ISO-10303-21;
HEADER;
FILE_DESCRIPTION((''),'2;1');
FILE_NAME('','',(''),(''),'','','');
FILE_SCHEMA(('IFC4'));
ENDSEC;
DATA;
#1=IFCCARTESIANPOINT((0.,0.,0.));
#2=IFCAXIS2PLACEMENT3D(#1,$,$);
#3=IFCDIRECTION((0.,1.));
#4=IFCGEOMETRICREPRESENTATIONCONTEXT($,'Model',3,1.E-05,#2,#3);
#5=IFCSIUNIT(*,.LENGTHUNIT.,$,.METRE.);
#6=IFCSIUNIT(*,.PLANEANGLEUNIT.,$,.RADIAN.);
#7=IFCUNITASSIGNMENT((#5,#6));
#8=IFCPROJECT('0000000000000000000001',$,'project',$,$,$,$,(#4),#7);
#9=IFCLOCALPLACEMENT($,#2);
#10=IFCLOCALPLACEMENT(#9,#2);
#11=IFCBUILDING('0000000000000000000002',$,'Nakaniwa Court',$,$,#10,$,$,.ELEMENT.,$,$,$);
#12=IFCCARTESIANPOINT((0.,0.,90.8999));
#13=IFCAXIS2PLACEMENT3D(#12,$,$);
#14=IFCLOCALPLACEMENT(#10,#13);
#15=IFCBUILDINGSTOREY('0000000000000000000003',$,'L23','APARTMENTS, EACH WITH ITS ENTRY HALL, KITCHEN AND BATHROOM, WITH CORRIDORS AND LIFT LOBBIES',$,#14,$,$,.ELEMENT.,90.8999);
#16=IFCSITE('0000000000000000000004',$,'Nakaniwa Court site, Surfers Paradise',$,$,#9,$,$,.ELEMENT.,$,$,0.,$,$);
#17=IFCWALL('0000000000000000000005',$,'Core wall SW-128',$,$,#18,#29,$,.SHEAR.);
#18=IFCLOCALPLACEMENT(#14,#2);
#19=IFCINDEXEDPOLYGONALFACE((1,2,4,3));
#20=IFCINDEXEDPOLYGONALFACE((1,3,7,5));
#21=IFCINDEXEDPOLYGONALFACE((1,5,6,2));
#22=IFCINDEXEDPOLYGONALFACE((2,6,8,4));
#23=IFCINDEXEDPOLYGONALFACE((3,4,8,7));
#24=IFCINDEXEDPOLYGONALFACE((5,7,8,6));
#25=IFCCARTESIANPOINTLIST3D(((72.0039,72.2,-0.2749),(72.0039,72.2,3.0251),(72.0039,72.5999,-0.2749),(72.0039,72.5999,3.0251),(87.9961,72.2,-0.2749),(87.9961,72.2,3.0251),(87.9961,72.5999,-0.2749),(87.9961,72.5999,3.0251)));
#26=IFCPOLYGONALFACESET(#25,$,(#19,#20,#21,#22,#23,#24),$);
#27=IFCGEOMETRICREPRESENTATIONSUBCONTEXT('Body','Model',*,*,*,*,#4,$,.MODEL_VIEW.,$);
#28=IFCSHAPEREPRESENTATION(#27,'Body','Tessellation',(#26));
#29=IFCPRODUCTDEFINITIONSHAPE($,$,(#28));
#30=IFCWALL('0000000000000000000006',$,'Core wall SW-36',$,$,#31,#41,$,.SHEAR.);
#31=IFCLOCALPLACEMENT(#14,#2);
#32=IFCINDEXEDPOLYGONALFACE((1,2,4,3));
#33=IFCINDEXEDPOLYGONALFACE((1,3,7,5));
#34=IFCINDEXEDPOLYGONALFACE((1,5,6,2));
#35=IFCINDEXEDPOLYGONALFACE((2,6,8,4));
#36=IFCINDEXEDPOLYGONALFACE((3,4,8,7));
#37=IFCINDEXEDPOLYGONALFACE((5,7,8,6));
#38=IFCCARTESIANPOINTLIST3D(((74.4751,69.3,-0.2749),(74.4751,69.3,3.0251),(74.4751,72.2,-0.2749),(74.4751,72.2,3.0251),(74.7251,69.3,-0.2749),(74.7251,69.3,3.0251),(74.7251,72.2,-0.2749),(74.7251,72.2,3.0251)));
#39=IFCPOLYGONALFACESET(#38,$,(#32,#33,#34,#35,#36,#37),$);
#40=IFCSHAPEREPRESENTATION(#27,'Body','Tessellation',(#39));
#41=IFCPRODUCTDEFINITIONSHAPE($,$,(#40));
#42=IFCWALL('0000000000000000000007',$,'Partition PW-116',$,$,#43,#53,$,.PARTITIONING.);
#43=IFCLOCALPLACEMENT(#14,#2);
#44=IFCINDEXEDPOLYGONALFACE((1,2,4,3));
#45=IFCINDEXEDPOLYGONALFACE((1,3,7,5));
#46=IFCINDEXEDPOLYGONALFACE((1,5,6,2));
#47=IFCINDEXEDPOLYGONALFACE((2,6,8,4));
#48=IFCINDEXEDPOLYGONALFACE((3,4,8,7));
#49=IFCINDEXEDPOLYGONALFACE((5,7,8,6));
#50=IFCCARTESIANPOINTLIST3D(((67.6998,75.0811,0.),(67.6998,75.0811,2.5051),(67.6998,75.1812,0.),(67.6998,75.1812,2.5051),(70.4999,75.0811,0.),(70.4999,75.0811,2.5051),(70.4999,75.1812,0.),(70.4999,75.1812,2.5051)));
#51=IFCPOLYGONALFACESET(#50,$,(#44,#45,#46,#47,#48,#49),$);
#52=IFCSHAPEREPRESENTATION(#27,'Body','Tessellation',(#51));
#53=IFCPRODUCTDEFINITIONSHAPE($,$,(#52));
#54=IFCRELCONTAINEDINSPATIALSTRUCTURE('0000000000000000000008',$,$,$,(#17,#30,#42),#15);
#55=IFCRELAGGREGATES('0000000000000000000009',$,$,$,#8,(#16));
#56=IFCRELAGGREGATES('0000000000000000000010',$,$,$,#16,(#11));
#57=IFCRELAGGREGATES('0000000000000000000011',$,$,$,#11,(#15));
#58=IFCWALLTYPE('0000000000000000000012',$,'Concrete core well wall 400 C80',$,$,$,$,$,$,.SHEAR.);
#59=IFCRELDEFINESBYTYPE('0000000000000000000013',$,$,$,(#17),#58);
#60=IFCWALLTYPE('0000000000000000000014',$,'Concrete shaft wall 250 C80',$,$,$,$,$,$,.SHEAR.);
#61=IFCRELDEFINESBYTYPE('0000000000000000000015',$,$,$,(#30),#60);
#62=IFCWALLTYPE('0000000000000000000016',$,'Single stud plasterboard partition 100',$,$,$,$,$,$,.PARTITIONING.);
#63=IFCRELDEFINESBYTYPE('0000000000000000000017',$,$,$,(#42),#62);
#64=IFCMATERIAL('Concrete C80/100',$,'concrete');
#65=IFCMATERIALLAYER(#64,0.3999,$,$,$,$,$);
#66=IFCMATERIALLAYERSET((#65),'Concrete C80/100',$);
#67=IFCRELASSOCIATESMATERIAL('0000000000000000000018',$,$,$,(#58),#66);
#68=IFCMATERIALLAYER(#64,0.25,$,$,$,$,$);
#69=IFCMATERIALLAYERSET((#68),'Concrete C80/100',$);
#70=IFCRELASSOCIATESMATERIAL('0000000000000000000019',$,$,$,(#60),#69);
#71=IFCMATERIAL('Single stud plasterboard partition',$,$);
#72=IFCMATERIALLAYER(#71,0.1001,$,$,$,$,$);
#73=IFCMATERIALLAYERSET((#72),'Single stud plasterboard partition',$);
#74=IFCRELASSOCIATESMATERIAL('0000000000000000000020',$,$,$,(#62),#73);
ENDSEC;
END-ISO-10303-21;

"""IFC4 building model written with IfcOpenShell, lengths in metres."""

from ifc_helpers import new_model, si_unit, direction, frame, frame_2d, origin, place, context, subcontext, project, spatial, rectangle, extrude, material, layer, layer_set, type_object, element, save


model = new_model("IFC4")

# Units and contexts
model_context = context("Model", 3, precision=1e-05, world=origin(), true_north=direction((0.0, 1.0)))
body_context = subcontext(model_context, "Body", "Model", "MODEL_VIEW")
ifc_project = project(units=[si_unit("LENGTHUNIT", "METRE"), si_unit("PLANEANGLEUNIT", "RADIAN")], contexts=[model_context])

# Site, building, storey
site_placement = place(None, origin())
site = spatial("IfcSite", under=ifc_project, at=site_placement, Name="Nakaniwa Court site, Surfers Paradise", CompositionType="ELEMENT", RefElevation=0.0)
building_placement = place(site_placement, origin())
building = spatial("IfcBuilding", under=site, at=building_placement, Name="Nakaniwa Court", CompositionType="ELEMENT")
storey_placement = place(building_placement, frame((0.0, 0.0, 90.8999)))
storey = spatial("IfcBuildingStorey", under=building, at=storey_placement, Name="L23", Description="APARTMENTS, EACH WITH ITS ENTRY HALL, KITCHEN AND BATHROOM, WITH CORRIDORS AND LIFT LOBBIES", CompositionType="ELEMENT", Elevation=90.8999)

# Shared definitions
ifc_material_1 = material(Name="Concrete C80/100", Category="concrete")

# Walls
ifc_layer_1 = layer(ifc_material_1, 0.3999)
ifc_layer_set_1 = layer_set([ifc_layer_1], Name="Concrete C80/100")
wall_type_1 = type_object("IfcWallType", Name="Concrete core well wall 400 C80", PredefinedType="SHEAR", material=ifc_layer_set_1)
wall_1_placement = place(storey_placement, frame((72.0039, 72.3999, -0.2749), z_axis=(0.0, 0.0, 1.0), x_axis=(1.0, 0.0, 0.0)))
element("IfcWall", 1, at=wall_1_placement, inside=storey, type_object=wall_type_1, Name="Core wall SW-128", PredefinedType="SHEAR", context=body_context, shape_type="SweptSolid", body=[
    extrude(rectangle(XDim=15.9922, YDim=0.3999, at=frame_2d((7.9961, 0.0))), origin(), (0.0, 0.0, 1.0), 3.3),
])
ifc_layer_2 = layer(ifc_material_1, 0.25)
ifc_layer_set_2 = layer_set([ifc_layer_2], Name="Concrete C80/100")
wall_type_2 = type_object("IfcWallType", Name="Concrete shaft wall 250 C80", PredefinedType="SHEAR", material=ifc_layer_set_2)
wall_2_placement = place(storey_placement, frame((74.6001, 69.3, -0.2749), z_axis=(0.0, 0.0, 1.0), x_axis=(0.0, 1.0, 0.0)))
element("IfcWall", 2, at=wall_2_placement, inside=storey, type_object=wall_type_2, Name="Core wall SW-36", PredefinedType="SHEAR", context=body_context, shape_type="SweptSolid", body=[
    extrude(rectangle(XDim=2.8999, YDim=0.25, at=frame_2d((1.45, 0.0))), origin(), (0.0, 0.0, 1.0), 3.3),
])
ifc_material_2 = material(Name="Single stud plasterboard partition")
ifc_layer_3 = layer(ifc_material_2, 0.1001)
ifc_layer_set_3 = layer_set([ifc_layer_3], Name="Single stud plasterboard partition")
wall_type_3 = type_object("IfcWallType", Name="Single stud plasterboard partition 100", PredefinedType="PARTITIONING", material=ifc_layer_set_3)
wall_3_placement = place(storey_placement, frame((67.7, 75.1311, 0.0), z_axis=(0.0, 0.0, 1.0), x_axis=(1.0, 0.0, 0.0)))
element("IfcWall", 3, at=wall_3_placement, inside=storey, type_object=wall_type_3, Name="Partition PW-116", PredefinedType="PARTITIONING", context=body_context, shape_type="SweptSolid", body=[
    extrude(rectangle(XDim=2.8, YDim=0.1001, at=frame_2d((1.3999, 0.0))), origin(), (0.0, 0.0, 1.0), 2.5051),
])

save(model, "model.ifc")
